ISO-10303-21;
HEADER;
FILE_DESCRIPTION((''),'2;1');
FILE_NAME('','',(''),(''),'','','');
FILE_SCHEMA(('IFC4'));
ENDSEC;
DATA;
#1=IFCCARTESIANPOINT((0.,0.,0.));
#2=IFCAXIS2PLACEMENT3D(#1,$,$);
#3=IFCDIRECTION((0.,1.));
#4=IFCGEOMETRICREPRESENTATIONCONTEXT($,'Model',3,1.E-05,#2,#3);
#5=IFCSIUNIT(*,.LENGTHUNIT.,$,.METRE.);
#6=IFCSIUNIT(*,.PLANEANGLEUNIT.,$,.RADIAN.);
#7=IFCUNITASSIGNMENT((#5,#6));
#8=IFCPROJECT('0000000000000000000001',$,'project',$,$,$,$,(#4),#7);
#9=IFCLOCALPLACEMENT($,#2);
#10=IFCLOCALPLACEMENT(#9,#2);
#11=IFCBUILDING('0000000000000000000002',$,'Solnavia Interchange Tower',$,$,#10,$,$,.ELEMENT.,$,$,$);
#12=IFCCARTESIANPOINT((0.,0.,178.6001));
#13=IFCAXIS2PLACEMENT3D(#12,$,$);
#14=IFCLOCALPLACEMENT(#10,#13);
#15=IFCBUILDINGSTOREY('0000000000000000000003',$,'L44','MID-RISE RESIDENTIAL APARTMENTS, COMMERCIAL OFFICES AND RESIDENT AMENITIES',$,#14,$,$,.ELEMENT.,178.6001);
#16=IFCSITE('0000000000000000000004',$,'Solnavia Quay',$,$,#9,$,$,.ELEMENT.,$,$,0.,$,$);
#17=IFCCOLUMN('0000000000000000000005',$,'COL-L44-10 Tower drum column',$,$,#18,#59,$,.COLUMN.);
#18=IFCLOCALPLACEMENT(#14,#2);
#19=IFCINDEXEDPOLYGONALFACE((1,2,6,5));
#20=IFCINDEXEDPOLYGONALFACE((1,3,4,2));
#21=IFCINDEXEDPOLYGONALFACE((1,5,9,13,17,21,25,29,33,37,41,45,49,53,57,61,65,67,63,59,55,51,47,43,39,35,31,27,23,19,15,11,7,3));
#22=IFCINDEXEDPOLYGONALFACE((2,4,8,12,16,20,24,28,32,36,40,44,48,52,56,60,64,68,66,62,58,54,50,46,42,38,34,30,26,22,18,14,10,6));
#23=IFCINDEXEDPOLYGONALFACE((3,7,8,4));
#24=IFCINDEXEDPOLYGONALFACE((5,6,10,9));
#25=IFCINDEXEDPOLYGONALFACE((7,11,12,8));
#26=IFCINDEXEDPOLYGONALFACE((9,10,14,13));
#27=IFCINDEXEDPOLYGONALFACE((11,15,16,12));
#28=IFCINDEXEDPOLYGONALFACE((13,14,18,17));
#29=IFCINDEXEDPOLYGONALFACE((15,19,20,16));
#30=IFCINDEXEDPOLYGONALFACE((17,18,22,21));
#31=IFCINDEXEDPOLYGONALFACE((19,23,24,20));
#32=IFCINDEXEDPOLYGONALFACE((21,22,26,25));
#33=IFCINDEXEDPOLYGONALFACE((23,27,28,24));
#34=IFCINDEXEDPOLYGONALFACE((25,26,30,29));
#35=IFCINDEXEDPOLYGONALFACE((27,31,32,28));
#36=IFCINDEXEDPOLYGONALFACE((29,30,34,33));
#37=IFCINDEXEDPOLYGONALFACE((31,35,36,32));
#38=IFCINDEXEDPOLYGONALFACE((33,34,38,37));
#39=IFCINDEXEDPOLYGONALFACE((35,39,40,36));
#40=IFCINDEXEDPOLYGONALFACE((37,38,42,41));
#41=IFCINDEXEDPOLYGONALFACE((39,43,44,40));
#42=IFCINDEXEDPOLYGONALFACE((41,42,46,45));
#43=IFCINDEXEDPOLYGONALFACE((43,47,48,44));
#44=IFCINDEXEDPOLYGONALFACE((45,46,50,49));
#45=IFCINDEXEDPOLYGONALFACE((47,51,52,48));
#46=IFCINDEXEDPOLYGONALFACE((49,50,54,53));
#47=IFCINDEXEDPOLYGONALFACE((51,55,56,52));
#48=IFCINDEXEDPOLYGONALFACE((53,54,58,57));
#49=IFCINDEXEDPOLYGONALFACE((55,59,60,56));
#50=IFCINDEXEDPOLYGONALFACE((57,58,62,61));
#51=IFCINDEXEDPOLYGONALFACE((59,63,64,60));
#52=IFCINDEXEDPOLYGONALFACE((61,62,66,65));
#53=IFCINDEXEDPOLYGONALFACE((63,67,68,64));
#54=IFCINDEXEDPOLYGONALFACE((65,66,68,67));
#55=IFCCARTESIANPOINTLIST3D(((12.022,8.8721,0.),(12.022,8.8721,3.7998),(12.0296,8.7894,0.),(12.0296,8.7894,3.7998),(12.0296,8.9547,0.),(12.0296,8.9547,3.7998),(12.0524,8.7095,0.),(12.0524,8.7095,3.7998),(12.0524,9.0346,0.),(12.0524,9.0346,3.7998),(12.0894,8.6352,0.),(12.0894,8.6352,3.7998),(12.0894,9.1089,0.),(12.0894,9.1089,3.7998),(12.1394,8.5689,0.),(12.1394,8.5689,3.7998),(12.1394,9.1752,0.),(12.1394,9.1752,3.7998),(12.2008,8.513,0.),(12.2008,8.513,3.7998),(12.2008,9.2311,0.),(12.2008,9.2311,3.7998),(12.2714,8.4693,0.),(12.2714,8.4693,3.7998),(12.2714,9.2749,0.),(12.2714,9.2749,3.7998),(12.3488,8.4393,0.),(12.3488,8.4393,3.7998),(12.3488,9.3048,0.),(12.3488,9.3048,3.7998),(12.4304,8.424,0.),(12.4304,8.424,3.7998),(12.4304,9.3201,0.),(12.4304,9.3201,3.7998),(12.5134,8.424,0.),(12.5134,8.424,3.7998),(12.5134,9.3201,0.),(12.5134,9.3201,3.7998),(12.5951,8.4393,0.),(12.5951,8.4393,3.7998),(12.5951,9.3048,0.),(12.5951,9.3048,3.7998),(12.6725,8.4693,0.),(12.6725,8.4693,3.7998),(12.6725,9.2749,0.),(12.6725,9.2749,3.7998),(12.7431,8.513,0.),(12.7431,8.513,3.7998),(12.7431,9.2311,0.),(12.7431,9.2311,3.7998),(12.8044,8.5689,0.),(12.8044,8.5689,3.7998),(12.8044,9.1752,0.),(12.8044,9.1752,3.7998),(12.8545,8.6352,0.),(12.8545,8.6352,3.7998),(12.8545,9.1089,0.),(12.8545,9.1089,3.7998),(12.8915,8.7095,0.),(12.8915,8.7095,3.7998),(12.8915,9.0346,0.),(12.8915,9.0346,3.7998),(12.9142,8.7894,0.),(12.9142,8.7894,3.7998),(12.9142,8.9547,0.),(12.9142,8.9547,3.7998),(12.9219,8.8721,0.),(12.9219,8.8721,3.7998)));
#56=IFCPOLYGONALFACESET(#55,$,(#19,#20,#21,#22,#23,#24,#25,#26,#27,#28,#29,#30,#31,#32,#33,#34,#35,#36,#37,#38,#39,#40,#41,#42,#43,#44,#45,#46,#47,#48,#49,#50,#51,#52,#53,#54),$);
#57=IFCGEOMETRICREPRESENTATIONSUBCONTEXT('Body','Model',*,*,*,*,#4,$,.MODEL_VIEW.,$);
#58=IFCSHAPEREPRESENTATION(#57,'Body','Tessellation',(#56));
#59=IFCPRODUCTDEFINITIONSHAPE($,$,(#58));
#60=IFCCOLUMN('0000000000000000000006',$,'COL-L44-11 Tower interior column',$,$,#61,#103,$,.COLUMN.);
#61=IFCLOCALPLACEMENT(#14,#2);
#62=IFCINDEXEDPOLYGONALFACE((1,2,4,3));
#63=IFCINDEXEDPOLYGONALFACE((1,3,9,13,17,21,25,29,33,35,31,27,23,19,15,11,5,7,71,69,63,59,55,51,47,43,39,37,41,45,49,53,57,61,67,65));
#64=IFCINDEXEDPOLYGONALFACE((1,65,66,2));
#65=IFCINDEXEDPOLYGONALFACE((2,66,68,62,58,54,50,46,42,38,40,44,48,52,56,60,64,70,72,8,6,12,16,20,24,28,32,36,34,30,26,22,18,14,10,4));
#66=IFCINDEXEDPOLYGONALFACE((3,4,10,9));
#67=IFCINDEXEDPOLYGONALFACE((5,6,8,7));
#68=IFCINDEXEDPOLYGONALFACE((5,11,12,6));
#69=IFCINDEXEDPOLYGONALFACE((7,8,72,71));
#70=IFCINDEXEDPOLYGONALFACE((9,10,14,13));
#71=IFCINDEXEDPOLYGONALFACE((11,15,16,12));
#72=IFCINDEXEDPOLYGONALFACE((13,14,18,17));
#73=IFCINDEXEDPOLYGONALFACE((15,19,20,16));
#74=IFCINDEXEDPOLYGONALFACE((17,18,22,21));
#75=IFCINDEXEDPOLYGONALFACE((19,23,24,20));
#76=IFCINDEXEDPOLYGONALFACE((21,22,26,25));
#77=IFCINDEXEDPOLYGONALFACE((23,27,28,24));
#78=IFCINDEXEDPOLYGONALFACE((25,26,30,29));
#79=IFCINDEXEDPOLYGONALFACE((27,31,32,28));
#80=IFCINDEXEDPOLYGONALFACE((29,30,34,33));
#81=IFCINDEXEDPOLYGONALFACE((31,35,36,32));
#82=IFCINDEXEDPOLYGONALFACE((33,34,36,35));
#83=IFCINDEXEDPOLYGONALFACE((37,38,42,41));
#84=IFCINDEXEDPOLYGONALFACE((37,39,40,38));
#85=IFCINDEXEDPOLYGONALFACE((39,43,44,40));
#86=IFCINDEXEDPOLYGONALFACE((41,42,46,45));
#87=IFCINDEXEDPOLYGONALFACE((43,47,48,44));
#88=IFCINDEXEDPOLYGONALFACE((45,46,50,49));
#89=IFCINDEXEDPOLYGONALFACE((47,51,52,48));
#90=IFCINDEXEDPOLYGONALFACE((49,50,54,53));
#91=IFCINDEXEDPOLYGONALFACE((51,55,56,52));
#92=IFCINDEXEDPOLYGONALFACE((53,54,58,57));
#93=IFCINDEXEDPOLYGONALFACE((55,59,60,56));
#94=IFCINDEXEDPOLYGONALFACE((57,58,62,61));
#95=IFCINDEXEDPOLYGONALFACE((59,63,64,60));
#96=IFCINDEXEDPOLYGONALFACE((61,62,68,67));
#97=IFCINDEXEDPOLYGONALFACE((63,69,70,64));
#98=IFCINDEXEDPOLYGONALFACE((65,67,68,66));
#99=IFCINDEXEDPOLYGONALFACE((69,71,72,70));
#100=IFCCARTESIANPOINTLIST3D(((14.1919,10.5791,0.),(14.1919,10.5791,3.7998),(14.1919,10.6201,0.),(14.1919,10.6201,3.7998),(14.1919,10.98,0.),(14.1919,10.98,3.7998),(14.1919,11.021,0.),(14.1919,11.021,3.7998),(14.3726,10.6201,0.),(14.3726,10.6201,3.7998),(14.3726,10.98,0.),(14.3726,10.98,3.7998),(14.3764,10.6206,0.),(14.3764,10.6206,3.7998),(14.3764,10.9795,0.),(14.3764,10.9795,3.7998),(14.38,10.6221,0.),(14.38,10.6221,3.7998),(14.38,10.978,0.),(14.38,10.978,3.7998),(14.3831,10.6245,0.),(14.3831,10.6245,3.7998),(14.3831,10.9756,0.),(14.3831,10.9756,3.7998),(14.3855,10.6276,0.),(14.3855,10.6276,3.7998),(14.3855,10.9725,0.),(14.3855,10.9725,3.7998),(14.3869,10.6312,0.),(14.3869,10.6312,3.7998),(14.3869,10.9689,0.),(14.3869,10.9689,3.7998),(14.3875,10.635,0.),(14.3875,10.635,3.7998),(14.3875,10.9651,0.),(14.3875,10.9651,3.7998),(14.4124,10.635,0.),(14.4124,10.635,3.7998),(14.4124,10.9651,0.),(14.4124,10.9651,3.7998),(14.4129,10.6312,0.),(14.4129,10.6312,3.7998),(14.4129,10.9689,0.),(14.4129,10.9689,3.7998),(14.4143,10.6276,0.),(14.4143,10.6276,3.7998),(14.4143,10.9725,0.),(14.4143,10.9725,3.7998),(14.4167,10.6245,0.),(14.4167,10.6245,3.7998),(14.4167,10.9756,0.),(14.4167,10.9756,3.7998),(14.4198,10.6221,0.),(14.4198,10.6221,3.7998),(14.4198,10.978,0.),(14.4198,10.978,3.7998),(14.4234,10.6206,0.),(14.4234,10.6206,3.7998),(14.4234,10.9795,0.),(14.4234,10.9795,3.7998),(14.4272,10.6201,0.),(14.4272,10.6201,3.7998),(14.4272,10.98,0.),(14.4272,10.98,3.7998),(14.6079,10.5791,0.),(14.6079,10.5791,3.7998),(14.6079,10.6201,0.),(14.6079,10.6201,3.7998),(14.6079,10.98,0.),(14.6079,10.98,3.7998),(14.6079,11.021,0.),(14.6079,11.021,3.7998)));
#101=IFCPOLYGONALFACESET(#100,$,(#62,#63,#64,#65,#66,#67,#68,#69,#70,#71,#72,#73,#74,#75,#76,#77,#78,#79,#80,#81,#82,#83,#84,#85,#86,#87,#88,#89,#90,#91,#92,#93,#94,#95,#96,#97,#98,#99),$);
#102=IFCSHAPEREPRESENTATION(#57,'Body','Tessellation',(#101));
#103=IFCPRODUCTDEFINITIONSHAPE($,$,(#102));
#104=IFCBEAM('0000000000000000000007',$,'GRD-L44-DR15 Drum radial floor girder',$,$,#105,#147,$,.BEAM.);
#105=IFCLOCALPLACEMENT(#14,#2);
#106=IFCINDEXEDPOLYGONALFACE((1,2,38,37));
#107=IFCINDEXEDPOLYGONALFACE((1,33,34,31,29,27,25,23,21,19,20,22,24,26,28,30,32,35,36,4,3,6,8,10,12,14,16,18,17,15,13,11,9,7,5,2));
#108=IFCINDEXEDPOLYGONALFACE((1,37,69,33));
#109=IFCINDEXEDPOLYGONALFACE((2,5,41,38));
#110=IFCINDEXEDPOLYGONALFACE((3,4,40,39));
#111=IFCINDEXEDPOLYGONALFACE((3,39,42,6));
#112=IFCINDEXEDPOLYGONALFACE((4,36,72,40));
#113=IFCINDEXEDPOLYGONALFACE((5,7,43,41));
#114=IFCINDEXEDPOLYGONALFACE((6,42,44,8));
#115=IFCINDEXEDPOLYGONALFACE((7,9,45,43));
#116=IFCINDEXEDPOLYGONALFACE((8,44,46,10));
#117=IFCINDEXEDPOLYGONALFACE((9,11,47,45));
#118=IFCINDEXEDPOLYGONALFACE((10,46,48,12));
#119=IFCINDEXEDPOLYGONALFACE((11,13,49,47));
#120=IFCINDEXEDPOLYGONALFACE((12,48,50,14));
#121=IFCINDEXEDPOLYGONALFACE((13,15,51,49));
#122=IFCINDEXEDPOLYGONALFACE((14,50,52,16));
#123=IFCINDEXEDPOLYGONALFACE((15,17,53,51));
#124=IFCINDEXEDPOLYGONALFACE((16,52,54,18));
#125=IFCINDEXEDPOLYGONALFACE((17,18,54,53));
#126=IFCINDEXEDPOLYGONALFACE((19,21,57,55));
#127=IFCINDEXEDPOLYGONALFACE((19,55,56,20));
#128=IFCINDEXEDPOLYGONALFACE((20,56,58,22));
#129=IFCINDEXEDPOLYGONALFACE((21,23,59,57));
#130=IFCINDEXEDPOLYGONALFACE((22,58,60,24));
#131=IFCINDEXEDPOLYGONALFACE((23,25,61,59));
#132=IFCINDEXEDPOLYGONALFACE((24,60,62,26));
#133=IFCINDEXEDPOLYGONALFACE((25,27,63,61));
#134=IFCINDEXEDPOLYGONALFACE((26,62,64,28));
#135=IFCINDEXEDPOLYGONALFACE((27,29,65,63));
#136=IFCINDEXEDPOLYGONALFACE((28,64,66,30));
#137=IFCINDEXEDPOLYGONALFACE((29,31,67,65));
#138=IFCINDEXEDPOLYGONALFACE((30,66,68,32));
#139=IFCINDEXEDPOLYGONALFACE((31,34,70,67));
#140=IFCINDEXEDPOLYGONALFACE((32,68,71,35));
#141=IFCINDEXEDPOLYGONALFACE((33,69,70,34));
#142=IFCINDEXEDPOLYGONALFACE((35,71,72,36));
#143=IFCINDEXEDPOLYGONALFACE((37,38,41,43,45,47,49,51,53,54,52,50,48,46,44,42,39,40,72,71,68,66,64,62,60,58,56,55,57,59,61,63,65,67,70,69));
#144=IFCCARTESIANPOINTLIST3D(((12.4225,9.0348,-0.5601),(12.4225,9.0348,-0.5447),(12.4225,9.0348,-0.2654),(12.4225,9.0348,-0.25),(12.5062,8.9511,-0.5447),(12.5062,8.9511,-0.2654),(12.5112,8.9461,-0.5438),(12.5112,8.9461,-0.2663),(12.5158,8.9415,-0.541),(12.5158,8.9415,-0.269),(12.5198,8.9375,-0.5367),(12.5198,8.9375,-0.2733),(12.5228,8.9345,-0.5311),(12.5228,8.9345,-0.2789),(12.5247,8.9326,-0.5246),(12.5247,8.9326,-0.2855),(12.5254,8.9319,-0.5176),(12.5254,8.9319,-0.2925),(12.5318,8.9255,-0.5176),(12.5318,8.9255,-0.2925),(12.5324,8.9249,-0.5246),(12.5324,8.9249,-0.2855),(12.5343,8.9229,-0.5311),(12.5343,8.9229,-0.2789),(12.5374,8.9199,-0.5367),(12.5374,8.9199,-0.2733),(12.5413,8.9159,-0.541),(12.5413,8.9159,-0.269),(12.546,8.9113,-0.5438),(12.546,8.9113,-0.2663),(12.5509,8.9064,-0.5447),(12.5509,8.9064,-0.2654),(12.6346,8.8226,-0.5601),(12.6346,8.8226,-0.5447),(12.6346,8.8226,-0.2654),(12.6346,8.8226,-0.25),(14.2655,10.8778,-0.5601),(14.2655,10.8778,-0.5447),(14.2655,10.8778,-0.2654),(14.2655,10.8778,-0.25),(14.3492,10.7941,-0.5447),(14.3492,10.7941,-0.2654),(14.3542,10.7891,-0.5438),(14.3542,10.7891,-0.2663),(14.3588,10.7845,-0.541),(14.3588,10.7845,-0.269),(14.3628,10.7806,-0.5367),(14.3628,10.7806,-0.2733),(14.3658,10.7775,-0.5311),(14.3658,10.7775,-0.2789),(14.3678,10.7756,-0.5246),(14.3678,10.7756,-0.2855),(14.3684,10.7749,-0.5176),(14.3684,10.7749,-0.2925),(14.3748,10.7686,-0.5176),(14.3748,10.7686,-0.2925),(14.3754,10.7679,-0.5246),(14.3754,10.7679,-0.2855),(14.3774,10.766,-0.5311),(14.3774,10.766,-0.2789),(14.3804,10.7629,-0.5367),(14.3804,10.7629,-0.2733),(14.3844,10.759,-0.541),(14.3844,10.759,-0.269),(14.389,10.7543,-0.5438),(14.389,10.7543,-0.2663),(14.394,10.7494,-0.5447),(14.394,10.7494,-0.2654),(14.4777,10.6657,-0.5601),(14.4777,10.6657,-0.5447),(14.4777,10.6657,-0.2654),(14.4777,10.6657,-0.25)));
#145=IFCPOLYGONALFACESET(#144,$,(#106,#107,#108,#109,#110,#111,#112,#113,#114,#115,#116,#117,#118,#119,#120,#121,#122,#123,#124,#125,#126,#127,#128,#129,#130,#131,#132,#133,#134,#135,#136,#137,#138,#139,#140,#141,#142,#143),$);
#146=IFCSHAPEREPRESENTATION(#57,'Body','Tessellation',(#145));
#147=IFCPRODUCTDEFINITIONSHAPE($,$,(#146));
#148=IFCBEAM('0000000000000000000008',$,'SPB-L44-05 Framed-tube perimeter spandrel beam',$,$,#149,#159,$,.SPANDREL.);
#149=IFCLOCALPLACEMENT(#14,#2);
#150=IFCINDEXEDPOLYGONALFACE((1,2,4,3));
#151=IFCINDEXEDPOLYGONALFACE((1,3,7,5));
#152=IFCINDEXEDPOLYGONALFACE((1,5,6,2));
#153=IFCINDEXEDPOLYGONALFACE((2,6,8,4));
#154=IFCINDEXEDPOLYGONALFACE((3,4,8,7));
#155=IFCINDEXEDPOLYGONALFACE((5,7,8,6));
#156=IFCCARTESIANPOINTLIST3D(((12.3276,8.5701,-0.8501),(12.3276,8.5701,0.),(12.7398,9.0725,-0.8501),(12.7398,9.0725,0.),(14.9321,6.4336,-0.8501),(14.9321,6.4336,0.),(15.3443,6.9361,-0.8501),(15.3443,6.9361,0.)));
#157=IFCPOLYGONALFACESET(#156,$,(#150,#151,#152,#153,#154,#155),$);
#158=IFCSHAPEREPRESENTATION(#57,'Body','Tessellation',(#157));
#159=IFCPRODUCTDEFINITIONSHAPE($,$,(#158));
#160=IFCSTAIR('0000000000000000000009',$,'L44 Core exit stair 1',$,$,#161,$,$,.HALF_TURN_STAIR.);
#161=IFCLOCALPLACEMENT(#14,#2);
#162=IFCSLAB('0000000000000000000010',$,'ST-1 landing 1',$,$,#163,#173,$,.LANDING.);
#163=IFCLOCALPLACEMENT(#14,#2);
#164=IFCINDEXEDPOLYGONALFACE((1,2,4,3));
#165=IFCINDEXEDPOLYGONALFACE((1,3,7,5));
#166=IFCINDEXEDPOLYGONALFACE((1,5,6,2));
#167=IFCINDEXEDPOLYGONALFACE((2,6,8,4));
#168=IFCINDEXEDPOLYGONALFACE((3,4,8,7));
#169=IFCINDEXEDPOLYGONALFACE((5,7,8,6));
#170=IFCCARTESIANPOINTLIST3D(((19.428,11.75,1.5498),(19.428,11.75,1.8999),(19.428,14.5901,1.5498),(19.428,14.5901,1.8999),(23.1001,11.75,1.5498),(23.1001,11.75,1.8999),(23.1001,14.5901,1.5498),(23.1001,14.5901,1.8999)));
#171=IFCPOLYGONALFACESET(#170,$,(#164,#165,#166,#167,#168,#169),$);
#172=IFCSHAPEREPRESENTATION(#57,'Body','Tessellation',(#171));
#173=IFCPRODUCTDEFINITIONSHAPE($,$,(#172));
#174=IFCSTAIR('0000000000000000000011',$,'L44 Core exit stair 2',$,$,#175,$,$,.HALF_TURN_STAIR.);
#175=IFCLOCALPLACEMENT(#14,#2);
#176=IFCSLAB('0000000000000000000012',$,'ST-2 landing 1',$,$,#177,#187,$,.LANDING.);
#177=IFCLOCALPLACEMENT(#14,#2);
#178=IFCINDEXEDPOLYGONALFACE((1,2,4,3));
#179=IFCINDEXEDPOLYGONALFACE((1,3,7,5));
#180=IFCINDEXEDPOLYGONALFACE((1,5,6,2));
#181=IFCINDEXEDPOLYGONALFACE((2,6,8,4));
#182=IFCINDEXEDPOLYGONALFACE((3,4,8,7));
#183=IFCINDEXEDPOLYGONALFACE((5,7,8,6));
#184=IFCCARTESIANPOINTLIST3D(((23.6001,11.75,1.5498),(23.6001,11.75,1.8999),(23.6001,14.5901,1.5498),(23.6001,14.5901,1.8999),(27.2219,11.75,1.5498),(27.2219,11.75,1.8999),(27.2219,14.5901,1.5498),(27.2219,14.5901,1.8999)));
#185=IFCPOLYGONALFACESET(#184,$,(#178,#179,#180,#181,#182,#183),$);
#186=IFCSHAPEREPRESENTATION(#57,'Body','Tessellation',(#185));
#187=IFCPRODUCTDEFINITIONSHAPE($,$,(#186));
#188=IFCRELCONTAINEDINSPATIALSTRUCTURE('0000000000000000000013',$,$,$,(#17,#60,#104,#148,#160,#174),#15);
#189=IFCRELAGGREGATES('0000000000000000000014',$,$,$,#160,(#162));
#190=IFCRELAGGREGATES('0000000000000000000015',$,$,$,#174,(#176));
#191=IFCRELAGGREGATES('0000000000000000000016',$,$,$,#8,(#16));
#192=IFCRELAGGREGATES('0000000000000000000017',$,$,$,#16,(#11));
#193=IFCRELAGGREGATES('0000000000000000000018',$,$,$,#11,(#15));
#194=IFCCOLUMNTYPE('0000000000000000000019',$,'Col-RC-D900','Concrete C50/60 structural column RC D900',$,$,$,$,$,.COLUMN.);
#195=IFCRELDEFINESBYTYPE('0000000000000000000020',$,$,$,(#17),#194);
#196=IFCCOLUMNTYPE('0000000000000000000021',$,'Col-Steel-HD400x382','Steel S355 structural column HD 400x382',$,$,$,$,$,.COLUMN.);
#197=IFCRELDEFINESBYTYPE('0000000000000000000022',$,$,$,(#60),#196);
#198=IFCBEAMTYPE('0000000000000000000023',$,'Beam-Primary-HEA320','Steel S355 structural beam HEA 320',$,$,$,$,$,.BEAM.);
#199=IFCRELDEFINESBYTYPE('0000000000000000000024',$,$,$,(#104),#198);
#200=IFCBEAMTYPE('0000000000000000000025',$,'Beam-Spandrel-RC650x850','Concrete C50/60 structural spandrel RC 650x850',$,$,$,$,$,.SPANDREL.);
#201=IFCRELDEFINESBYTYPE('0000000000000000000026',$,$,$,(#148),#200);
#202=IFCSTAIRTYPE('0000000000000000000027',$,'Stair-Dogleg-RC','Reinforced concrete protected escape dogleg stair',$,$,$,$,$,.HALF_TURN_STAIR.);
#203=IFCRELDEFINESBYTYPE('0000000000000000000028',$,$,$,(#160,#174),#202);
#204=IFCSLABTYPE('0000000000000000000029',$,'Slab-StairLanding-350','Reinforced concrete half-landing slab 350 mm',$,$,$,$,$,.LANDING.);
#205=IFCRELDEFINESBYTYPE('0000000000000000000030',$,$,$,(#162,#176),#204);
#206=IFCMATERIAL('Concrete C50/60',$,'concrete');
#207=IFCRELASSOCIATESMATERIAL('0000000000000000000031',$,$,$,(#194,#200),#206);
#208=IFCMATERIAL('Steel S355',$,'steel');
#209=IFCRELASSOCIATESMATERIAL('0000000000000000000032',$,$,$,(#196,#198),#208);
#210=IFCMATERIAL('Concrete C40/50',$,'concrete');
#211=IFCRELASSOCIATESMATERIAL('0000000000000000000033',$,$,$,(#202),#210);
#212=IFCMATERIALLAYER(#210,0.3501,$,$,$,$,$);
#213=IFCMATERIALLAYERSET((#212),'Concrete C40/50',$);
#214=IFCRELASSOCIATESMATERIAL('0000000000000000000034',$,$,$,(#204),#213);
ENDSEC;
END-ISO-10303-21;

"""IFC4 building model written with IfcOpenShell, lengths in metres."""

from ifc_helpers import new_model, si_unit, direction, frame, origin, origin_2d, place, context, subcontext, project, spatial, polyline, rectangle, circle, i_section, outline, extrude, material, layer, layer_set, material_profile, profile_set, type_object, element, aggregate, save


model = new_model("IFC4")

# Units and contexts
model_context = context("Model", 3, precision=1e-05, world=origin(), true_north=direction((0.0, 1.0)))
body_context = subcontext(model_context, "Body", "Model", "MODEL_VIEW")
ifc_project = project(units=[si_unit("LENGTHUNIT", "METRE"), si_unit("PLANEANGLEUNIT", "RADIAN")], contexts=[model_context])

# Site, building, storey
site_placement = place(None, origin())
site = spatial("IfcSite", under=ifc_project, at=site_placement, Name="Solnavia Quay", CompositionType="ELEMENT", RefElevation=0.0)
building_placement = place(site_placement, origin())
building = spatial("IfcBuilding", under=site, at=building_placement, Name="Solnavia Interchange Tower", CompositionType="ELEMENT")
storey_placement = place(building_placement, frame((0.0, 0.0, 178.6001)))
storey = spatial("IfcBuildingStorey", under=building, at=storey_placement, Name="L44", Description="MID-RISE RESIDENTIAL APARTMENTS, COMMERCIAL OFFICES AND RESIDENT AMENITIES", CompositionType="ELEMENT", Elevation=178.6001)

# Columns
ifc_material_1 = material(Name="Concrete C50/60", Category="concrete")
ifc_material_profile_1 = material_profile(ifc_material_1, circle(Radius=0.45, at=origin_2d()), Name="RC D900")
ifc_profile_set_1 = profile_set([ifc_material_profile_1], Name="Concrete C50/60")
column_type_1 = type_object("IfcColumnType", Name="Col-RC-D900", Description="Concrete C50/60 structural column RC D900", PredefinedType="COLUMN", material=ifc_profile_set_1)
column_1_placement = place(storey_placement, frame((12.4719, 8.8721, 0.0), z_axis=(0.0, 0.0, 1.0), x_axis=(1.0, 0.0, 0.0)))
element("IfcColumn", 1, at=column_1_placement, inside=storey, type_object=column_type_1, Name="COL-L44-10 Tower drum column", PredefinedType="COLUMN", context=body_context, shape_type="SweptSolid", body=[
    extrude(circle(Radius=0.45, at=origin_2d()), origin(), (0.0, 0.0, 1.0), 3.7998),
])
ifc_material_2 = material(Name="Steel S355", Category="steel")
ifc_material_profile_2 = material_profile(ifc_material_2, i_section(OverallWidth=0.416, OverallDepth=0.4419, WebThickness=0.0249, FlangeThickness=0.041, FilletRadius=0.0149, at=origin_2d()), Name="HD 400x382")
ifc_profile_set_2 = profile_set([ifc_material_profile_2], Name="Steel S355")
column_type_2 = type_object("IfcColumnType", Name="Col-Steel-HD400x382", Description="Steel S355 structural column HD 400x382", PredefinedType="COLUMN", material=ifc_profile_set_2)
column_2_placement = place(storey_placement, frame((14.3999, 10.8, 0.0), z_axis=(0.0, 0.0, 1.0), x_axis=(1.0, 0.0, 0.0)))
element("IfcColumn", 2, at=column_2_placement, inside=storey, type_object=column_type_2, Name="COL-L44-11 Tower interior column", PredefinedType="COLUMN", context=body_context, shape_type="SweptSolid", body=[
    extrude(i_section(OverallWidth=0.416, OverallDepth=0.4419, WebThickness=0.0249, FlangeThickness=0.041, FilletRadius=0.0149, at=origin_2d()), origin(), (0.0, 0.0, 1.0), 3.7998),
])

# Beams
ifc_material_profile_3 = material_profile(ifc_material_2, i_section(OverallWidth=0.3, OverallDepth=0.3101, WebThickness=0.009, FlangeThickness=0.0154, FilletRadius=0.0271, at=origin_2d()), Name="HEA 320")
ifc_profile_set_3 = profile_set([ifc_material_profile_3], Name="Steel S355")
beam_type_1 = type_object("IfcBeamType", Name="Beam-Primary-HEA320", Description="Steel S355 structural beam HEA 320", PredefinedType="BEAM", material=ifc_profile_set_3)
beam_1_placement = place(storey_placement, frame((12.5286, 8.9287, -0.405), z_axis=(0.707107, 0.707107, 0.0), x_axis=(-0.707107, 0.707107, 0.0)))
element("IfcBeam", 3, at=beam_1_placement, inside=storey, type_object=beam_type_1, Name="GRD-L44-DR15 Drum radial floor girder", PredefinedType="BEAM", context=body_context, shape_type="SweptSolid", body=[
    extrude(i_section(OverallWidth=0.3, OverallDepth=0.3101, WebThickness=0.009, FlangeThickness=0.0154, FilletRadius=0.0271, at=origin_2d()), origin(), (0.0, 0.0, 1.0), 2.6064),
])
ifc_material_profile_4 = material_profile(ifc_material_1, rectangle(XDim=0.6499, YDim=0.8501, at=origin_2d()), Name="RC 650x850")
ifc_profile_set_4 = profile_set([ifc_material_profile_4], Name="Concrete C50/60")
beam_type_2 = type_object("IfcBeamType", Name="Beam-Spandrel-RC650x850", Description="Concrete C50/60 structural spandrel RC 650x850", PredefinedType="SPANDREL", material=ifc_profile_set_4)
beam_2_placement = place(storey_placement, frame((12.5337, 8.8213, -0.425), z_axis=(0.773153, -0.63422, 0.0), x_axis=(0.63422, 0.773153, 0.0)))
element("IfcBeam", 4, at=beam_2_placement, inside=storey, type_object=beam_type_2, Name="SPB-L44-05 Framed-tube perimeter spandrel beam", PredefinedType="SPANDREL", context=body_context, shape_type="SweptSolid", body=[
    extrude(rectangle(XDim=0.6499, YDim=0.8501, at=origin_2d()), origin(), (0.0, 0.0, 1.0), 3.3687),
])

# Stairs, slabs
ifc_material_3 = material(Name="Concrete C40/50", Category="concrete")
stair_type = type_object("IfcStairType", Name="Stair-Dogleg-RC", Description="Reinforced concrete protected escape dogleg stair", PredefinedType="HALF_TURN_STAIR", material=ifc_material_3)
stair_1_placement = place(storey_placement, origin())
stair_1 = element("IfcStair", 5, at=stair_1_placement, inside=storey, type_object=stair_type, Name="L44 Core exit stair 1", PredefinedType="HALF_TURN_STAIR")
ifc_layer_1 = layer(ifc_material_3, 0.3501)
ifc_layer_set_1 = layer_set([ifc_layer_1], Name="Concrete C40/50")
slab_type_1 = type_object("IfcSlabType", Name="Slab-StairLanding-350", Description="Reinforced concrete half-landing slab 350 mm", PredefinedType="LANDING", material=ifc_layer_set_1)
slab_1_placement = place(storey_placement, frame((0.0, 0.0, 1.5498)))
slab_1 = element("IfcSlab", 6, at=slab_1_placement, type_object=slab_type_1, Name="ST-1 landing 1", PredefinedType="LANDING", context=body_context, shape_type="SweptSolid", body=[
    extrude(outline(polyline([(19.428, 11.75), (23.1001, 11.75), (23.1001, 14.5901), (19.428, 14.5901), (19.428, 11.75)])), origin(), (0.0, 0.0, 1.0), 0.3501),
])
aggregate(stair_1, [slab_1])
stair_2_placement = place(storey_placement, origin())
stair_2 = element("IfcStair", 7, at=stair_2_placement, inside=storey, type_object=stair_type, Name="L44 Core exit stair 2", PredefinedType="HALF_TURN_STAIR")
slab_2_placement = place(storey_placement, frame((0.0, 0.0, 1.5498)))
slab_2 = element("IfcSlab", 8, at=slab_2_placement, type_object=slab_type_1, Name="ST-2 landing 1", PredefinedType="LANDING", context=body_context, shape_type="SweptSolid", body=[
    extrude(outline(polyline([(23.6001, 11.75), (27.2219, 11.75), (27.2219, 14.5901), (23.6001, 14.5901), (23.6001, 11.75)])), origin(), (0.0, 0.0, 1.0), 0.3501),
])
aggregate(stair_2, [slab_2])

save(model, "model.ifc")
